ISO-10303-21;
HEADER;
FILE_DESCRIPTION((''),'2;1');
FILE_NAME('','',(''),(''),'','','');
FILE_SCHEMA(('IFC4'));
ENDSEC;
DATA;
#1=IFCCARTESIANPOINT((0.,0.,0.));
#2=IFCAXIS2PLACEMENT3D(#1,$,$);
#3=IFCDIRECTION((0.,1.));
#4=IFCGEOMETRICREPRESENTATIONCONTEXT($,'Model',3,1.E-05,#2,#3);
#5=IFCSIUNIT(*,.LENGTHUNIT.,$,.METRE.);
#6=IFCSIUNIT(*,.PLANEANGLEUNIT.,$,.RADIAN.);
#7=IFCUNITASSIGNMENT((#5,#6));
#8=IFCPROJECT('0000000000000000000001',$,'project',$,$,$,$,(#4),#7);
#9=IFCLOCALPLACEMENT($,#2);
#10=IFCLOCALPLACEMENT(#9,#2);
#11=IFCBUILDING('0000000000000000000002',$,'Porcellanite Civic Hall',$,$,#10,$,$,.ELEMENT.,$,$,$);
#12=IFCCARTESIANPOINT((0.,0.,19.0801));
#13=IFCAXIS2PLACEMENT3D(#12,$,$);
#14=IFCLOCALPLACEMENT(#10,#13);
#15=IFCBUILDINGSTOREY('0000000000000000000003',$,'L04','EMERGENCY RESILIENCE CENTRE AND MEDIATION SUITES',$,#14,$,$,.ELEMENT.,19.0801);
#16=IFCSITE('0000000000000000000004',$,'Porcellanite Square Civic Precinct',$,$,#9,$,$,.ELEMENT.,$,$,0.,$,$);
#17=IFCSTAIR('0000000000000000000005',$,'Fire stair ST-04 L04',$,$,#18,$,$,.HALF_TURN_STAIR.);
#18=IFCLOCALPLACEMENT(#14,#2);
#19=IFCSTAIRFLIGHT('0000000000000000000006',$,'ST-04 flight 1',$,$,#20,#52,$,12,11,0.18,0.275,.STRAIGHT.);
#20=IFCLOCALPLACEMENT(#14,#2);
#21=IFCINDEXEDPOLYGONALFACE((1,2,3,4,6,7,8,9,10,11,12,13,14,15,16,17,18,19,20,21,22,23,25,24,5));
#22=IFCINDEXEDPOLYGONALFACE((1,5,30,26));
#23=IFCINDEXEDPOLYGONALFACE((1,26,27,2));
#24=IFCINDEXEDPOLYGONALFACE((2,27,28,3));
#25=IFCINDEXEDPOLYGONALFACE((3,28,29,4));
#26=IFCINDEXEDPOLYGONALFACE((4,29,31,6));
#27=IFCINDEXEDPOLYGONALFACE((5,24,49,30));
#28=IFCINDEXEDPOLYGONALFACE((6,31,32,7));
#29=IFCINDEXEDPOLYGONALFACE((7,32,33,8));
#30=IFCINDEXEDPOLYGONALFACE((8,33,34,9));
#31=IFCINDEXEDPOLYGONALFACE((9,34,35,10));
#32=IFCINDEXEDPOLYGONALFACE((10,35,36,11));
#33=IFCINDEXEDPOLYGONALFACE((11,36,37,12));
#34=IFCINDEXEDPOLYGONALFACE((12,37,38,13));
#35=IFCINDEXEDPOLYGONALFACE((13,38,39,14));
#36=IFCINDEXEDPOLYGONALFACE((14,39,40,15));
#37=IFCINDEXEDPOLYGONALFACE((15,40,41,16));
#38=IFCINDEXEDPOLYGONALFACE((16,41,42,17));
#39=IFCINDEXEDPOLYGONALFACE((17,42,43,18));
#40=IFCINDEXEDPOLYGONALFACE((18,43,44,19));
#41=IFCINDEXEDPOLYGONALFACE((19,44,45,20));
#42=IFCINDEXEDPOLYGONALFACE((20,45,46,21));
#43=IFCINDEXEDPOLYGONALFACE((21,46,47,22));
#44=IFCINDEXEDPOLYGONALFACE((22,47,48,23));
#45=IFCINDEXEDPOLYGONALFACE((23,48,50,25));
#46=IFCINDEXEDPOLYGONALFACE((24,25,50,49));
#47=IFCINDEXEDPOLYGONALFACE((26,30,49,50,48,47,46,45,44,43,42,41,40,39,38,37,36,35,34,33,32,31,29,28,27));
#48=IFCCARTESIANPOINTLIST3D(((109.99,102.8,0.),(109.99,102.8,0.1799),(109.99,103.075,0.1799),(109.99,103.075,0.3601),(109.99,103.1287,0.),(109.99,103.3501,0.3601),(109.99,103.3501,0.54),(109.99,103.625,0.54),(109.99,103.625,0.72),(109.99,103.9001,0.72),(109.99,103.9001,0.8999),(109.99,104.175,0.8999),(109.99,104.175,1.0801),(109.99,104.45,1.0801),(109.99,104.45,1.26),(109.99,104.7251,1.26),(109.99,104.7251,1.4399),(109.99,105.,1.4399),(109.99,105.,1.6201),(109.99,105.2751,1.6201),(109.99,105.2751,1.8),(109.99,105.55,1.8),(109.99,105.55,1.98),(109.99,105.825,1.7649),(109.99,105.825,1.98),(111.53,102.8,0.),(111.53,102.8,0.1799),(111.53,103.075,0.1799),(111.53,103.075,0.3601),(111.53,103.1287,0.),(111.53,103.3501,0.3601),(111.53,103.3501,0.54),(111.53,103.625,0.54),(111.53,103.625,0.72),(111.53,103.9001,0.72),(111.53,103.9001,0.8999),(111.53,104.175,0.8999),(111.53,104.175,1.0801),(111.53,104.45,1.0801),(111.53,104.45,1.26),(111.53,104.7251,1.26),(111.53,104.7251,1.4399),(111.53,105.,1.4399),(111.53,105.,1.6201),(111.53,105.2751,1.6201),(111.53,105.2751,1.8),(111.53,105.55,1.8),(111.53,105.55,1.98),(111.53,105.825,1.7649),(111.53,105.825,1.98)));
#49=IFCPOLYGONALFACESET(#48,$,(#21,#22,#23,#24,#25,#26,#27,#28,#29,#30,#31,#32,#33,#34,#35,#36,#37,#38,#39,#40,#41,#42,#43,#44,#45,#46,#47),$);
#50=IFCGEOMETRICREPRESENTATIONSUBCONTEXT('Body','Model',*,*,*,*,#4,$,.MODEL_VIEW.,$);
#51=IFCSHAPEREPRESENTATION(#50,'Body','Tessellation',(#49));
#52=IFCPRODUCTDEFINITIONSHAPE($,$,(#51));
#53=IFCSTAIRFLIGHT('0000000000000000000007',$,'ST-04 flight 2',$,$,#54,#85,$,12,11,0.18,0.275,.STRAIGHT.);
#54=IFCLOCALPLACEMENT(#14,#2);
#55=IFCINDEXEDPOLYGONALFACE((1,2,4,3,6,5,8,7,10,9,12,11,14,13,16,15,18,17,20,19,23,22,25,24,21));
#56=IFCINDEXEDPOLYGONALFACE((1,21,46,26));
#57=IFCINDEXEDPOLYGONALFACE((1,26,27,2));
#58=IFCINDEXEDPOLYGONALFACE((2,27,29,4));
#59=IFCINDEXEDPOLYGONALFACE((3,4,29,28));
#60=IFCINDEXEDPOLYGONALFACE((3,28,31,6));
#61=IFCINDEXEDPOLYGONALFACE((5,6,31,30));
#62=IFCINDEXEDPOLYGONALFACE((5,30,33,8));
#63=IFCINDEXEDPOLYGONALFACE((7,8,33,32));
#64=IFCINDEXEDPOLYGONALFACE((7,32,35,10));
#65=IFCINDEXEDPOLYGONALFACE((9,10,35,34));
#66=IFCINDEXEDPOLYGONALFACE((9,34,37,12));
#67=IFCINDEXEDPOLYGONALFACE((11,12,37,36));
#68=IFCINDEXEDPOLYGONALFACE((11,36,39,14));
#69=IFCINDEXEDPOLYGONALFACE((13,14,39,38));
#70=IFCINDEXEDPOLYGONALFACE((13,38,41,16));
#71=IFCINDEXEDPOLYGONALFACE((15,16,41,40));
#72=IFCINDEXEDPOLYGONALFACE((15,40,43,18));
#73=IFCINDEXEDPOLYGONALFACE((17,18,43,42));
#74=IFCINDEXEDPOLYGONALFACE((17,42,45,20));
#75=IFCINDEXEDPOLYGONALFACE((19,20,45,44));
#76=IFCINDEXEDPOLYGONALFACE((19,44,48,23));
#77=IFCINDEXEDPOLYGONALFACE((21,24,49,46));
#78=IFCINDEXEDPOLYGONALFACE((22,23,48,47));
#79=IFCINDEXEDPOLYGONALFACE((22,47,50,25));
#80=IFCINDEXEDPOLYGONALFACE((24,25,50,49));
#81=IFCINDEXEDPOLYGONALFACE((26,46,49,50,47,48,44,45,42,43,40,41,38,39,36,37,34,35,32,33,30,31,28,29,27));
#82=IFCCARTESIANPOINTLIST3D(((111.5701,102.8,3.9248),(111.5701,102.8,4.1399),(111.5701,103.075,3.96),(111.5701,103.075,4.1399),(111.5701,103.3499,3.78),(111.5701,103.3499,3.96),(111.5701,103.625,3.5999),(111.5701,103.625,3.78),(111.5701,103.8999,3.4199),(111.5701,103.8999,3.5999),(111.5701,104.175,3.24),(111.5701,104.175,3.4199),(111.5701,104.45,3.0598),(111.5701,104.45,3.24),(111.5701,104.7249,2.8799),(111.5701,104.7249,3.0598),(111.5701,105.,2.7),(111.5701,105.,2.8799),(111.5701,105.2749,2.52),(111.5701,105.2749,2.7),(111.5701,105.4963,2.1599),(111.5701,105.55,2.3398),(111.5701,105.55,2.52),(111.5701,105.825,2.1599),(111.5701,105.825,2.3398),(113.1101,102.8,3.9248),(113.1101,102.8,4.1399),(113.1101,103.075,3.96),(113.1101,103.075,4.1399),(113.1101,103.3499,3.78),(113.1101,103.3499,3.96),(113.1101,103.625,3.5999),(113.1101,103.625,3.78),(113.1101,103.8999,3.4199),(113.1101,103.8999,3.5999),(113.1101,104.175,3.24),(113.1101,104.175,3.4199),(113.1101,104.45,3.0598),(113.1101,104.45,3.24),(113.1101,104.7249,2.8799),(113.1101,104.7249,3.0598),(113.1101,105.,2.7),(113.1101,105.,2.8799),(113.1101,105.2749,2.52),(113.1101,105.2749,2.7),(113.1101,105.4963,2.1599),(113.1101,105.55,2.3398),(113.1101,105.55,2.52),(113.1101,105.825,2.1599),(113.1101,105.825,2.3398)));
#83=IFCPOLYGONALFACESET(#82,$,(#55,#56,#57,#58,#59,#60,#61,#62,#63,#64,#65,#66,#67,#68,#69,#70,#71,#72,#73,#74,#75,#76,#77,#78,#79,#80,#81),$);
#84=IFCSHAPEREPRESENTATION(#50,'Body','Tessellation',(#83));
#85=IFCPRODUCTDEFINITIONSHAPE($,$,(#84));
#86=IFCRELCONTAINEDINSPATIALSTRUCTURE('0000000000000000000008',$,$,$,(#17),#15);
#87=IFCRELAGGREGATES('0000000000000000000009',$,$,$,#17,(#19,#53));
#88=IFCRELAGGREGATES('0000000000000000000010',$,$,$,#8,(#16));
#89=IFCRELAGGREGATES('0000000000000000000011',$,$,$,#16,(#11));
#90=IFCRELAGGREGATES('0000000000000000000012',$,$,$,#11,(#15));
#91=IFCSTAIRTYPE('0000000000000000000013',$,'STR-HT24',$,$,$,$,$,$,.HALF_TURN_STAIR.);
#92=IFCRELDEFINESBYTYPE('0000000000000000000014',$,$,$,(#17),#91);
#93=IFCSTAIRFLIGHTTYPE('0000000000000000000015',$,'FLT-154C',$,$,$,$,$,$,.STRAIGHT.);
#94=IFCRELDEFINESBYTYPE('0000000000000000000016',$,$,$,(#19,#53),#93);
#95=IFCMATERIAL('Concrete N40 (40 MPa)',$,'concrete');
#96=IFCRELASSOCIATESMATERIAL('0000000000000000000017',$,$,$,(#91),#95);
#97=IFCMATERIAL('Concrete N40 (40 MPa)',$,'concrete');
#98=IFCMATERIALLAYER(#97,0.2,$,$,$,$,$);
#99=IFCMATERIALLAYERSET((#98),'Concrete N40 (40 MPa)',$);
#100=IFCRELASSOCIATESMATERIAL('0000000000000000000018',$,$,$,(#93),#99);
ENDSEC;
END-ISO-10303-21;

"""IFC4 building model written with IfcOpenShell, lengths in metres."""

from ifc_helpers import new_model, si_unit, direction, frame, origin, place, context, subcontext, project, spatial, polyline, outline, extrude, material, layer, layer_set, type_object, element, aggregate, save


model = new_model("IFC4")

# Units and contexts
model_context = context("Model", 3, precision=1e-05, world=origin(), true_north=direction((0.0, 1.0)))
body_context = subcontext(model_context, "Body", "Model", "MODEL_VIEW")
ifc_project = project(units=[si_unit("LENGTHUNIT", "METRE"), si_unit("PLANEANGLEUNIT", "RADIAN")], contexts=[model_context])

# Site, building, storey
site_placement = place(None, origin())
site = spatial("IfcSite", under=ifc_project, at=site_placement, Name="Porcellanite Square Civic Precinct", CompositionType="ELEMENT", RefElevation=0.0)
building_placement = place(site_placement, origin())
building = spatial("IfcBuilding", under=site, at=building_placement, Name="Porcellanite Civic Hall", CompositionType="ELEMENT")
storey_placement = place(building_placement, frame((0.0, 0.0, 19.0801)))
storey = spatial("IfcBuildingStorey", under=building, at=storey_placement, Name="L04", Description="EMERGENCY RESILIENCE CENTRE AND MEDIATION SUITES", CompositionType="ELEMENT", Elevation=19.0801)

# Stair, stair flights
ifc_material_1 = material(Name="Concrete N40 (40 MPa)", Category="concrete")
stair_type = type_object("IfcStairType", Name="STR-HT24", PredefinedType="HALF_TURN_STAIR", material=ifc_material_1)
stair_placement = place(storey_placement, origin())
stair = element("IfcStair", 1, at=stair_placement, inside=storey, type_object=stair_type, Name="Fire stair ST-04 L04", PredefinedType="HALF_TURN_STAIR")
ifc_material_2 = material(Name="Concrete N40 (40 MPa)", Category="concrete")
ifc_layer_1 = layer(ifc_material_2, 0.2)
ifc_layer_set_1 = layer_set([ifc_layer_1], Name="Concrete N40 (40 MPa)")
stair_flight_type = type_object("IfcStairFlightType", Name="FLT-154C", PredefinedType="STRAIGHT", material=ifc_layer_set_1)
stair_flight_1_placement = place(storey_placement, frame((110.76, 102.8, 0.0), z_axis=(0.0, 0.0, 1.0), x_axis=(0.0, 1.0, 0.0)))
stair_flight_1 = element("IfcStairFlight", 2, at=stair_flight_1_placement, type_object=stair_flight_type, Name="ST-04 flight 1", NumberOfRisers=12, NumberOfTreads=11, PredefinedType="STRAIGHT", RiserHeight=0.18, TreadLength=0.275, context=body_context, shape_type="SweptSolid", body=[
    extrude(outline(polyline([(0.0, 0.0), (0.0, 0.1799), (0.2749, 0.1799), (0.2749, 0.3601), (0.55, 0.3601), (0.55, 0.54), (0.825, 0.54), (0.825, 0.72), (1.1001, 0.72), (1.1001, 0.8999), (1.375, 0.8999), (1.375, 1.0801), (1.6499, 1.0801), (1.6499, 1.26), (1.925, 1.26), (1.925, 1.4399), (2.2, 1.4399), (2.2, 1.6201), (2.4751, 1.6201), (2.4751, 1.8), (2.75, 1.8), (2.75, 1.98), (3.0249, 1.98), (3.0249, 2.1599), (3.0249, 1.7649), (0.3286, 0.0), (0.0, 0.0)])), frame((0.0, 0.77, 0.0), z_axis=(0.0, -1.0, 0.0), x_axis=(1.0, 0.0, 0.0)), (0.0, 0.0, 1.0), 1.54),
])
stair_flight_2_placement = place(storey_placement, frame((112.3401, 105.825, 2.1599), z_axis=(0.0, 0.0, 1.0), x_axis=(0.0, -1.0, 0.0)))
stair_flight_2 = element("IfcStairFlight", 3, at=stair_flight_2_placement, type_object=stair_flight_type, Name="ST-04 flight 2", NumberOfRisers=12, NumberOfTreads=11, PredefinedType="STRAIGHT", RiserHeight=0.18, TreadLength=0.275, context=body_context, shape_type="SweptSolid", body=[
    extrude(outline(polyline([(0.0, 0.0), (0.0, 0.1799), (0.2749, 0.1799), (0.2749, 0.3601), (0.55, 0.3601), (0.55, 0.54), (0.825, 0.54), (0.825, 0.72), (1.1001, 0.72), (1.1001, 0.8999), (1.375, 0.8999), (1.375, 1.0801), (1.6499, 1.0801), (1.6499, 1.26), (1.925, 1.26), (1.925, 1.4399), (2.2, 1.4399), (2.2, 1.6201), (2.4751, 1.6201), (2.4751, 1.8), (2.75, 1.8), (2.75, 1.98), (3.0249, 1.98), (3.0249, 2.1599), (3.0249, 1.7649), (0.3286, 0.0), (0.0, 0.0)])), frame((0.0, 0.77, 0.0), z_axis=(0.0, -1.0, 0.0), x_axis=(1.0, 0.0, 0.0)), (0.0, 0.0, 1.0), 1.54),
])
aggregate(stair, [stair_flight_1, stair_flight_2])

save(model, "model.ifc")
